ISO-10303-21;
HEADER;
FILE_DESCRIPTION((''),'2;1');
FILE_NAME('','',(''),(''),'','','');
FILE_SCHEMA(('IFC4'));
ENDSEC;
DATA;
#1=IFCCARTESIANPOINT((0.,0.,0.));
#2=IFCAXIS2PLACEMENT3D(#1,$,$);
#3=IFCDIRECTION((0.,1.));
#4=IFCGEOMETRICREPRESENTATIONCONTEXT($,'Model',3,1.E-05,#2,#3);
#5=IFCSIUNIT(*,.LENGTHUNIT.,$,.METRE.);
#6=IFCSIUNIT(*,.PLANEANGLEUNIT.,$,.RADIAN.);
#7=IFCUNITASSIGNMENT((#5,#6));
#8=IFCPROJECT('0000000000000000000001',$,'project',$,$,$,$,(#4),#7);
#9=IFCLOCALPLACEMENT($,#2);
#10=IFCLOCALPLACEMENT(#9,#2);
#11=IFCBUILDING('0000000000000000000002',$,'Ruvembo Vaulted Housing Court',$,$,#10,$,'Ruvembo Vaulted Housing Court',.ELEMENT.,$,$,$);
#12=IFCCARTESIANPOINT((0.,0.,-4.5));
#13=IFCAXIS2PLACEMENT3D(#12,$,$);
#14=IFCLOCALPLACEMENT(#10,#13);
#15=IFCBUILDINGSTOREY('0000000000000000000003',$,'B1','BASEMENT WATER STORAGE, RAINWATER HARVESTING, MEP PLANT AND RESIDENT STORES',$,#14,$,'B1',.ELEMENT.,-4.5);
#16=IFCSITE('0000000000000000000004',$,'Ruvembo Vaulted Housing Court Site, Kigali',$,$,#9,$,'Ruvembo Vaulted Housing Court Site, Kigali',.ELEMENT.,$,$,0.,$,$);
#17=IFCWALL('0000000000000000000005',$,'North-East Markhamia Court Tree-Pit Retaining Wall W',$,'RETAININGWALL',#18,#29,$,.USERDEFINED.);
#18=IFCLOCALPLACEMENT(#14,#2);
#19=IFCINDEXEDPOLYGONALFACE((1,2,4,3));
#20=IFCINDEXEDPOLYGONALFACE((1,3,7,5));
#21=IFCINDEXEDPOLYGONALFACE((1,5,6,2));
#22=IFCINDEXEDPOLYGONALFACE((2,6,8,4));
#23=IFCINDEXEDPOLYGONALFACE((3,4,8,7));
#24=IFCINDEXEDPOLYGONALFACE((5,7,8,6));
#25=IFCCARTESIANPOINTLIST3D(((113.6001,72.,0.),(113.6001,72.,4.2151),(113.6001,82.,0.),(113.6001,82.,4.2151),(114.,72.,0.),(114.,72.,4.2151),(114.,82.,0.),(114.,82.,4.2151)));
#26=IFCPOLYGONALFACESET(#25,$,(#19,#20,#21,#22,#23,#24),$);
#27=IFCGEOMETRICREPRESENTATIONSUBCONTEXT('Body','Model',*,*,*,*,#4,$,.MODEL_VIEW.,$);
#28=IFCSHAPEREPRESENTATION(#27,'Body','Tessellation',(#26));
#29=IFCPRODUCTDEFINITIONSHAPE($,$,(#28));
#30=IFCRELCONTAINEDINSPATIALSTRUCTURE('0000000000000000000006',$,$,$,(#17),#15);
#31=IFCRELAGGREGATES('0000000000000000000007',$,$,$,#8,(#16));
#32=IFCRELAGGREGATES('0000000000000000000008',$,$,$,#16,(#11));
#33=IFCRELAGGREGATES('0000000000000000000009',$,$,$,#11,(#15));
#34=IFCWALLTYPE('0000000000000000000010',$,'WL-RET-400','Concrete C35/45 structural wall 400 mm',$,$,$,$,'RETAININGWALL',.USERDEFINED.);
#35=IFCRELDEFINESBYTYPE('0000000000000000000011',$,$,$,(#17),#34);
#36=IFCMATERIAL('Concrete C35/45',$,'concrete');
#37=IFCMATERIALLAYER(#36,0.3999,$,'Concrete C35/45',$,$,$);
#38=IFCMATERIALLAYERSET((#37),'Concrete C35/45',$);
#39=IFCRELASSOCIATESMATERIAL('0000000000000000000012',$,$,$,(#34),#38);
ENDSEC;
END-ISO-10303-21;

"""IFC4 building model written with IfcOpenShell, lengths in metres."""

from ifc_helpers import new_model, si_unit, direction, frame, frame_2d, origin, place, context, subcontext, project, spatial, rectangle, extrude, material, layer, layer_set, type_object, element, save


model = new_model("IFC4")

# Units and contexts
model_context = context("Model", 3, precision=1e-05, world=origin(), true_north=direction((0.0, 1.0)))
body_context = subcontext(model_context, "Body", "Model", "MODEL_VIEW")
ifc_project = project(units=[si_unit("LENGTHUNIT", "METRE"), si_unit("PLANEANGLEUNIT", "RADIAN")], contexts=[model_context])

# Site, building, storey
site_placement = place(None, origin())
site = spatial("IfcSite", under=ifc_project, at=site_placement, Name="Ruvembo Vaulted Housing Court Site, Kigali", LongName="Ruvembo Vaulted Housing Court Site, Kigali", CompositionType="ELEMENT", RefElevation=0.0)
building_placement = place(site_placement, origin())
building = spatial("IfcBuilding", under=site, at=building_placement, Name="Ruvembo Vaulted Housing Court", LongName="Ruvembo Vaulted Housing Court", CompositionType="ELEMENT")
storey_placement = place(building_placement, frame((0.0, 0.0, -4.5)))
storey = spatial("IfcBuildingStorey", under=building, at=storey_placement, Name="B1", Description="BASEMENT WATER STORAGE, RAINWATER HARVESTING, MEP PLANT AND RESIDENT STORES", LongName="B1", CompositionType="ELEMENT", Elevation=-4.5)

# Shared definitions
ifc_material_1 = material(Name="Concrete C35/45", Category="concrete")

# Wall
ifc_layer_1 = layer(ifc_material_1, 0.3999, Name="Concrete C35/45")
ifc_layer_set_1 = layer_set([ifc_layer_1], Name="Concrete C35/45")
wall_type_1 = type_object("IfcWallType", Name="WL-RET-400", Description="Concrete C35/45 structural wall 400 mm", ElementType="RETAININGWALL", PredefinedType="USERDEFINED", material=ifc_layer_set_1)
wall_1_placement = place(storey_placement, frame((113.8, 72.0, 0.0), z_axis=(0.0, 0.0, 1.0), x_axis=(0.0, 1.0, 0.0)))
element("IfcWall", 1, at=wall_1_placement, inside=storey, type_object=wall_type_1, Name="North-East Markhamia Court Tree-Pit Retaining Wall W", ObjectType="RETAININGWALL", PredefinedType="USERDEFINED", context=body_context, shape_type="SweptSolid", body=[
    extrude(rectangle(XDim=10.0, YDim=0.3999, at=frame_2d((5.0, 0.0))), origin(), (0.0, 0.0, 1.0), 4.2151),
])

save(model, "model.ifc")
